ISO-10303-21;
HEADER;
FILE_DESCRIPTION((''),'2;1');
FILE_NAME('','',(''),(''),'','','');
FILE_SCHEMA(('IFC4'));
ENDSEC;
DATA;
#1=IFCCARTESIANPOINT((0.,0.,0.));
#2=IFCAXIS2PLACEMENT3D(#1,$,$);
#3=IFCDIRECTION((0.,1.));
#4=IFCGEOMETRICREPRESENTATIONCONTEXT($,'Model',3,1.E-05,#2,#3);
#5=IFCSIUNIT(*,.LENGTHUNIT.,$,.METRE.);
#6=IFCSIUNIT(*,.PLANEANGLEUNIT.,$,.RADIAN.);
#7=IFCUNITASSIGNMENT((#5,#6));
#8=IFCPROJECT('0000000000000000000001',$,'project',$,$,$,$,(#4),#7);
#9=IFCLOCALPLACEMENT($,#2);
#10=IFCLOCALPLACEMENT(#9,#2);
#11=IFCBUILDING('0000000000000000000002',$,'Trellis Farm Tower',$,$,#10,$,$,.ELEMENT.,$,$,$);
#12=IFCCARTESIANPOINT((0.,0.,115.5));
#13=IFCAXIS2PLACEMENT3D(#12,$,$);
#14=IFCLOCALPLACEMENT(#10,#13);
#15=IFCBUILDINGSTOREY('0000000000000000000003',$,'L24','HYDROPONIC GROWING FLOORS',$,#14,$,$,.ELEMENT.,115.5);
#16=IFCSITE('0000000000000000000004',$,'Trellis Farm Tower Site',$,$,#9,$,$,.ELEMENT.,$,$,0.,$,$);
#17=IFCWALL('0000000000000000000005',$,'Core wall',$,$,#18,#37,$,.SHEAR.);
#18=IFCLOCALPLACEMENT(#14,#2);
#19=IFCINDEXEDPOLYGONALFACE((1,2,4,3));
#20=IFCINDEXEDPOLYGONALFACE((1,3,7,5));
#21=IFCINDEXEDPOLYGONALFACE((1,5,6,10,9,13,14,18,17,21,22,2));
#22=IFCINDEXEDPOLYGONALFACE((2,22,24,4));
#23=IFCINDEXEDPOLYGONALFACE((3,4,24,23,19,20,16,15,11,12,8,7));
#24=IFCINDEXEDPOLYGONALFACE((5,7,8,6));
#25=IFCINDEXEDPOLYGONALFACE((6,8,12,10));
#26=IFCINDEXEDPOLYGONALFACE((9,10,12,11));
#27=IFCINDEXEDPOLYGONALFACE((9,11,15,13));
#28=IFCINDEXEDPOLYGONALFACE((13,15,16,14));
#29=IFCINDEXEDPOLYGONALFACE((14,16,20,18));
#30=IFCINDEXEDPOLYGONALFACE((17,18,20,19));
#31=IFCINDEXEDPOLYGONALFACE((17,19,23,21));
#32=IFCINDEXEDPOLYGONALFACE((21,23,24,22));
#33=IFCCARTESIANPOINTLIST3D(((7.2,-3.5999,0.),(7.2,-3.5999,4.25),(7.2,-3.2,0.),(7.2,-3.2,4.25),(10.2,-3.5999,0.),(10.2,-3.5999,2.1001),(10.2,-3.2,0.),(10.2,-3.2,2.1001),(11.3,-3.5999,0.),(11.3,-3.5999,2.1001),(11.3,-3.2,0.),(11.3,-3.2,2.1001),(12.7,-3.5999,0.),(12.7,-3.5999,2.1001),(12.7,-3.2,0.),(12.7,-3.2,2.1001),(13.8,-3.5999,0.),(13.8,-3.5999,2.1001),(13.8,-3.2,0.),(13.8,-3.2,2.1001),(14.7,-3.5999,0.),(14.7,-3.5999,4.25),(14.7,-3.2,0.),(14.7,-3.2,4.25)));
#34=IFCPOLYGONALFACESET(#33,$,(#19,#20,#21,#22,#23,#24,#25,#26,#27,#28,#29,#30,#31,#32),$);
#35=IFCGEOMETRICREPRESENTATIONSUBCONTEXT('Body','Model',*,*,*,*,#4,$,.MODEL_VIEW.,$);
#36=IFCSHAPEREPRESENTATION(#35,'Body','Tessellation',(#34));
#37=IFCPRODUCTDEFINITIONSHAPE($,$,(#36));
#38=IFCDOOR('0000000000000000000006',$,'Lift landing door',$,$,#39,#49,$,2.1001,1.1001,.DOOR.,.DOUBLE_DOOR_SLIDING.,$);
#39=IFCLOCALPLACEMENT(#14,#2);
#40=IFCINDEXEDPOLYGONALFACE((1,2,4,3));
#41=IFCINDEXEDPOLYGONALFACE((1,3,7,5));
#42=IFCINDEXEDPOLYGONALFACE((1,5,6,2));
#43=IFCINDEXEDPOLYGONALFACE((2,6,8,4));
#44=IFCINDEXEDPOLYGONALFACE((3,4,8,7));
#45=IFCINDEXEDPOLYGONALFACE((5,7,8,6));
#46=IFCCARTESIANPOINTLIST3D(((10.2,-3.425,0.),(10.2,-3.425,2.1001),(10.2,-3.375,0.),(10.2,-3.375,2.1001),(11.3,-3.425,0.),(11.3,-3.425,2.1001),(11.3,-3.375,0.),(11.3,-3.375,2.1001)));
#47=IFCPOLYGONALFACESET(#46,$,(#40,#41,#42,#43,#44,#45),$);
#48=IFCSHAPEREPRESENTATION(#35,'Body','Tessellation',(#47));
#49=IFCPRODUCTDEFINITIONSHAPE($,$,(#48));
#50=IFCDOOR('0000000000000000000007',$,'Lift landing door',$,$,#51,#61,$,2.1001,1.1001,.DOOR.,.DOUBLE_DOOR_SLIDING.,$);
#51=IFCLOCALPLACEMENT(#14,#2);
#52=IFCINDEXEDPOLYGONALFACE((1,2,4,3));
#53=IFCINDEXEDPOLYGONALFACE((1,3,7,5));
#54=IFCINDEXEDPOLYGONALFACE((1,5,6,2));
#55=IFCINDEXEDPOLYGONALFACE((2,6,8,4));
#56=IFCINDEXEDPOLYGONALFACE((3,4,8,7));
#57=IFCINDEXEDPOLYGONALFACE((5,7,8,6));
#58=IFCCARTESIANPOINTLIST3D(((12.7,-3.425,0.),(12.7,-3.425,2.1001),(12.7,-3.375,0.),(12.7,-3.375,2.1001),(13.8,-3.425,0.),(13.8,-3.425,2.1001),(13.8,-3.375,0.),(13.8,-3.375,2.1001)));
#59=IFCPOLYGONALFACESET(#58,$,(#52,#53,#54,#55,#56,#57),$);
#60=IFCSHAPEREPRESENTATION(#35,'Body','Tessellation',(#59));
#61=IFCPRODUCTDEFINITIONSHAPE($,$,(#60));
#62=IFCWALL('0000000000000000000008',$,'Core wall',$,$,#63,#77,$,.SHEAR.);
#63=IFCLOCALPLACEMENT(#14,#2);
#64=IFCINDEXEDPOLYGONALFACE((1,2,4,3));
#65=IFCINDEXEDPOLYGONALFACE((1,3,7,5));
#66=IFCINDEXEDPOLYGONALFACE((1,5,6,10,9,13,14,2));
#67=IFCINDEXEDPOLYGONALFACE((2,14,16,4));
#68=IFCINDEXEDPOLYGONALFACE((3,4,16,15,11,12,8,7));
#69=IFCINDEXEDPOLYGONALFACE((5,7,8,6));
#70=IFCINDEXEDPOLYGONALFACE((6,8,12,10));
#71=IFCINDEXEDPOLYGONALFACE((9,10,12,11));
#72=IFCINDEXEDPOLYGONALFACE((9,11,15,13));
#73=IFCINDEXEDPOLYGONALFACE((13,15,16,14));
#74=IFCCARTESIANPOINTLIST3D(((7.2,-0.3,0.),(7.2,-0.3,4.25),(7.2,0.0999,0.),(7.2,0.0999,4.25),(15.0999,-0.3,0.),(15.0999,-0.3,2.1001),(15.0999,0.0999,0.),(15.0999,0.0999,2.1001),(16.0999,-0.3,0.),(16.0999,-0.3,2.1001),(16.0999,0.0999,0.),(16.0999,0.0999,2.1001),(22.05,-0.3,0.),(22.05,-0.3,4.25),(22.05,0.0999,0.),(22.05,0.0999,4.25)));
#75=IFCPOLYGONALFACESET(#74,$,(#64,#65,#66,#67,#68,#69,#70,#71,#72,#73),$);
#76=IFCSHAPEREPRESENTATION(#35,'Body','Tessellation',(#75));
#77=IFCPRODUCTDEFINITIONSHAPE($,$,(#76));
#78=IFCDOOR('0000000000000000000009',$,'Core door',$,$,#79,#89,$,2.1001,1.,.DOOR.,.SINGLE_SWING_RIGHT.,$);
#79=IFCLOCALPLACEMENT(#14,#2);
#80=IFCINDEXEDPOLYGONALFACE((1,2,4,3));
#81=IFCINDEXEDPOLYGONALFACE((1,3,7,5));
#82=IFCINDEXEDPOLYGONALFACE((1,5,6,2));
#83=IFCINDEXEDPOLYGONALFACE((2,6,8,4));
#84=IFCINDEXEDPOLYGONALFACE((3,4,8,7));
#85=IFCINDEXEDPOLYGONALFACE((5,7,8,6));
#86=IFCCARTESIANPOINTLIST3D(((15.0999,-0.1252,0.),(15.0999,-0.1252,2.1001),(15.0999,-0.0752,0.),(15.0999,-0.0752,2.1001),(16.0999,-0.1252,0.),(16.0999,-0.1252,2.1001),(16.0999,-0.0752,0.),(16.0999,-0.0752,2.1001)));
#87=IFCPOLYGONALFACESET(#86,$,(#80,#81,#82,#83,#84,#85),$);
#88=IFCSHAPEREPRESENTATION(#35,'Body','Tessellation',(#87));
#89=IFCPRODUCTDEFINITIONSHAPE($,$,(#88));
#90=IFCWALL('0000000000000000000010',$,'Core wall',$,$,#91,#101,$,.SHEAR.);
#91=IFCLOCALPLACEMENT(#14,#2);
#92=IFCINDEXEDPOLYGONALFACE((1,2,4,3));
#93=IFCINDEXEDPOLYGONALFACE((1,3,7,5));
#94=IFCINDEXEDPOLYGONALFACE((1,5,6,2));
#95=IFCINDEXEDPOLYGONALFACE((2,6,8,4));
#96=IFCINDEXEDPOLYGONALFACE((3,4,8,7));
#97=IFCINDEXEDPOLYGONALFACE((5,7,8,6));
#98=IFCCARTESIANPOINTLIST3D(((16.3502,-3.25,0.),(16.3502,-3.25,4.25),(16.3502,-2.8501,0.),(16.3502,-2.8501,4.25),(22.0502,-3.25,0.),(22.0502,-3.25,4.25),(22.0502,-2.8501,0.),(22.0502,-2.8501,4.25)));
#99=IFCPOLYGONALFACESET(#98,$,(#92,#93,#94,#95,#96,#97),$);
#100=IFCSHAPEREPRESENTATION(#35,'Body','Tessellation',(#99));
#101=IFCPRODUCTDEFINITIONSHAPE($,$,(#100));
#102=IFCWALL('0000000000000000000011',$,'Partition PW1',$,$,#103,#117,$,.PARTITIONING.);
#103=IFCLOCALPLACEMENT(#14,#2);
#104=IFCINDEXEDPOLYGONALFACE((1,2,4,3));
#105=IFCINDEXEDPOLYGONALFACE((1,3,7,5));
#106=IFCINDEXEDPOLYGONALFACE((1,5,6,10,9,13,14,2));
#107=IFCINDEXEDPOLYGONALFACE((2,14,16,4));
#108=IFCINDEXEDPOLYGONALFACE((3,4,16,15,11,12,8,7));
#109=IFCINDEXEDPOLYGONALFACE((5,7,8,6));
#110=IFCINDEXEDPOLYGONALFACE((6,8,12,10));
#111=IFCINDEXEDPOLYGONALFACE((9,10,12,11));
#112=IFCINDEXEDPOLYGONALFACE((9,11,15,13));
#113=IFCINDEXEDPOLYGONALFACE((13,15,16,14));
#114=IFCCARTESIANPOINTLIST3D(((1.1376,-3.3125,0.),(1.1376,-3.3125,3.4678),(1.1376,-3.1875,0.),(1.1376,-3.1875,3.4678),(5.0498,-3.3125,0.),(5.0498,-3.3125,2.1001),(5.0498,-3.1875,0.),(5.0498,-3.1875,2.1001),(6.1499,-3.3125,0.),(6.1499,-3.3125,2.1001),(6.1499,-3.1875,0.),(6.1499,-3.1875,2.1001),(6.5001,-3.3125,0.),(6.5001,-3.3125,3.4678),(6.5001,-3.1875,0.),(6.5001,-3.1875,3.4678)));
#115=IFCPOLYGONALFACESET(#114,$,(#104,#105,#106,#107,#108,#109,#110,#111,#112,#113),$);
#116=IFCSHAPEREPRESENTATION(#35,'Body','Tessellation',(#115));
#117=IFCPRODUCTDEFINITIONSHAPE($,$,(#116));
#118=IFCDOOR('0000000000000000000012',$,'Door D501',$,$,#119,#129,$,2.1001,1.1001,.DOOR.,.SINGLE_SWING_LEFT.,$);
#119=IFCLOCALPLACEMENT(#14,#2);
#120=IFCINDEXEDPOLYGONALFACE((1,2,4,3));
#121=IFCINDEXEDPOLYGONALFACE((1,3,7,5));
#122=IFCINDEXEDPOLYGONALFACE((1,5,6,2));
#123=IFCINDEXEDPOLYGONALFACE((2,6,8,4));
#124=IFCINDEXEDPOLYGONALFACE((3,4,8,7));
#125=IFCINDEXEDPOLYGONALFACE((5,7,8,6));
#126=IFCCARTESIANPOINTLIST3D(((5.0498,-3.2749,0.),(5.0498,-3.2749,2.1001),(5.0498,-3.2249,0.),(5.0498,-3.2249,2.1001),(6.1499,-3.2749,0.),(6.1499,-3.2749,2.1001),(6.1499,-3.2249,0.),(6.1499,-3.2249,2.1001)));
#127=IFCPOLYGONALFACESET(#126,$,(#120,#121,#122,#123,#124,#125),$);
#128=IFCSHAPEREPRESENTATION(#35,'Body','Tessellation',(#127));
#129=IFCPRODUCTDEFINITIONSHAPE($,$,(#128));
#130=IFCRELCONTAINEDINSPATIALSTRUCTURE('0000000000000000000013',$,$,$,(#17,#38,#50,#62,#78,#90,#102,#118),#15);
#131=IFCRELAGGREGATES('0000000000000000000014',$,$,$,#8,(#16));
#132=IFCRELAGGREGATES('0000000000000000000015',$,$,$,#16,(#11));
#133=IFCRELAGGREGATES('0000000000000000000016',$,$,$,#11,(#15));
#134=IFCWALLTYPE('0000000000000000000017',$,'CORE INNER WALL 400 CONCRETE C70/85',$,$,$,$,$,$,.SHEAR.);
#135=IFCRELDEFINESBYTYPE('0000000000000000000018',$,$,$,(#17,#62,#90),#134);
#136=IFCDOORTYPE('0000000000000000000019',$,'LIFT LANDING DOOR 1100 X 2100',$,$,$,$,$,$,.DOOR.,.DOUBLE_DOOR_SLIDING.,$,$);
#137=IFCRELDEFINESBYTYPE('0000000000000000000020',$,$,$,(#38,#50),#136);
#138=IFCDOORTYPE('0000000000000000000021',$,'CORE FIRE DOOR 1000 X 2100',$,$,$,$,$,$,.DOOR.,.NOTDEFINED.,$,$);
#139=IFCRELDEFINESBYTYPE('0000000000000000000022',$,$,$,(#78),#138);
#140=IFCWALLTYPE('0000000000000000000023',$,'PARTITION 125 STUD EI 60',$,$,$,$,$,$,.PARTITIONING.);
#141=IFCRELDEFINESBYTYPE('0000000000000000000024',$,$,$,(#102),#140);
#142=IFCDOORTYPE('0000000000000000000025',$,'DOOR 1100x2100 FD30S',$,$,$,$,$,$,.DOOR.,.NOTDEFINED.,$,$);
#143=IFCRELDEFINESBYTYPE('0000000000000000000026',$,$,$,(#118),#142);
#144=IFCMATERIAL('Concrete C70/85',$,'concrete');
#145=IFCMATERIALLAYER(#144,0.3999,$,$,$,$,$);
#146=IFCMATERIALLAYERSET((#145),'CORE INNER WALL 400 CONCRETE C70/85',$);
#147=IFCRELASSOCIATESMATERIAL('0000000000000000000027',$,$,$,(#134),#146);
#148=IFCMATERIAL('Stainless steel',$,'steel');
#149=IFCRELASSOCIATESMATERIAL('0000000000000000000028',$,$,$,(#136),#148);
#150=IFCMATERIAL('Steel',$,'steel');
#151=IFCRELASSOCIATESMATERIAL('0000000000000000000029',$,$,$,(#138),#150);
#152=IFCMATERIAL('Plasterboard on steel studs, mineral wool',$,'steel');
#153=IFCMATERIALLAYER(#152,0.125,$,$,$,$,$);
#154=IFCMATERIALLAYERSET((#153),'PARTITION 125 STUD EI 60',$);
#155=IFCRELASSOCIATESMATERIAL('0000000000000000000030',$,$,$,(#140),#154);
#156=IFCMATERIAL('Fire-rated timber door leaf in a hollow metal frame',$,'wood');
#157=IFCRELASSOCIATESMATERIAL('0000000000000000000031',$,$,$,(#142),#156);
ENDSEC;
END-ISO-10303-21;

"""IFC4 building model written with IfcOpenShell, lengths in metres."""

from ifc_helpers import new_model, si_unit, direction, frame, frame_2d, origin, place, context, subcontext, project, spatial, rectangle, extrude, source, transform, mapped, material, layer, layer_set, type_object, element, fill, save


model = new_model("IFC4")

# Units and contexts
model_context = context("Model", 3, precision=1e-05, world=origin(), true_north=direction((0.0, 1.0)))
body_context = subcontext(model_context, "Body", "Model", "MODEL_VIEW")
ifc_project = project(units=[si_unit("LENGTHUNIT", "METRE"), si_unit("PLANEANGLEUNIT", "RADIAN")], contexts=[model_context])

# Site, building, storey
site_placement = place(None, origin())
site = spatial("IfcSite", under=ifc_project, at=site_placement, Name="Trellis Farm Tower Site", CompositionType="ELEMENT", RefElevation=0.0)
building_placement = place(site_placement, origin())
building = spatial("IfcBuilding", under=site, at=building_placement, Name="Trellis Farm Tower", CompositionType="ELEMENT")
storey_placement = place(building_placement, frame((0.0, 0.0, 115.5)))
storey = spatial("IfcBuildingStorey", under=building, at=storey_placement, Name="L24", Description="HYDROPONIC GROWING FLOORS", CompositionType="ELEMENT", Elevation=115.5)

# Wall, openings, doors
ifc_material_1 = material(Name="Concrete C70/85", Category="concrete")
ifc_layer_1 = layer(ifc_material_1, 0.3999)
ifc_layer_set_1 = layer_set([ifc_layer_1], Name="CORE INNER WALL 400 CONCRETE C70/85")
wall_type_1 = type_object("IfcWallType", Name="CORE INNER WALL 400 CONCRETE C70/85", PredefinedType="SHEAR", material=ifc_layer_set_1)
shared_shape_1 = source(origin(), body_context, "Body", "SweptSolid", [
    extrude(rectangle(XDim=7.5, YDim=0.3999, at=frame_2d((3.75, 0.0))), origin(), (0.0, 0.0, 1.0), 4.25),
])
wall_1_placement = place(storey_placement, frame((7.2, -3.3999, 0.0), z_axis=(0.0, 0.0, 1.0), x_axis=(1.0, 0.0, 0.0)))
wall_1 = element("IfcWall", 1, at=wall_1_placement, inside=storey, type_object=wall_type_1, Name="Core wall", PredefinedType="SHEAR", context=body_context, shape_type="MappedRepresentation", body=[
    mapped(shared_shape_1, transform((0.0, 0.0, 0.0))),
])
shared_shape_2 = source(origin(), body_context, "Body", "SweptSolid", [
    extrude(rectangle(XDim=1.1001, YDim=2.1001, at=frame_2d((0.55, 1.05))), frame((0.0, 0.21, 0.0), z_axis=(0.0, -1.0, 0.0), x_axis=(1.0, 0.0, 0.0)), (0.0, 0.0, 1.0), 0.4199),
])
opening_1_placement = place(wall_1_placement, frame((3.0, 0.0, 0.0)))
opening_1 = element("IfcOpeningElement", 2, at=opening_1_placement, cuts=wall_1, PredefinedType="OPENING", context=body_context, shape_type="MappedRepresentation", body=[
    mapped(shared_shape_2, transform((0.0, 0.0, 0.0))),
])
opening_2_placement = place(wall_1_placement, frame((5.5, 0.0, 0.0)))
opening_2 = element("IfcOpeningElement", 3, at=opening_2_placement, cuts=wall_1, PredefinedType="OPENING", context=body_context, shape_type="MappedRepresentation", body=[
    mapped(shared_shape_2, transform((0.0, 0.0, 0.0))),
])
ifc_material_2 = material(Name="Stainless steel", Category="steel")
door_type_1 = type_object("IfcDoorType", Name="LIFT LANDING DOOR 1100 X 2100", OperationType="DOUBLE_DOOR_SLIDING", PredefinedType="DOOR", material=ifc_material_2)
shared_shape_3 = source(origin(), body_context, "Body", "SweptSolid", [
    extrude(rectangle(XDim=1.1001, YDim=2.1001, at=frame_2d((0.55, 1.05))), frame((0.0, 0.0249, 0.0), z_axis=(0.0, -1.0, 0.0), x_axis=(1.0, 0.0, 0.0)), (0.0, 0.0, 1.0), 0.05),
])
door_1_placement = place(opening_1_placement, origin())
door_1 = element("IfcDoor", 4, at=door_1_placement, inside=storey, type_object=door_type_1, Name="Lift landing door", OperationType="DOUBLE_DOOR_SLIDING", OverallHeight=2.1001, OverallWidth=1.1001, PredefinedType="DOOR", context=body_context, shape_type="MappedRepresentation", body=[
    mapped(shared_shape_3, transform((0.0, 0.0, 0.0))),
])
fill(opening_1, door_1)
door_2_placement = place(opening_2_placement, origin())
door_2 = element("IfcDoor", 5, at=door_2_placement, inside=storey, type_object=door_type_1, Name="Lift landing door", OperationType="DOUBLE_DOOR_SLIDING", OverallHeight=2.1001, OverallWidth=1.1001, PredefinedType="DOOR", context=body_context, shape_type="MappedRepresentation", body=[
    mapped(shared_shape_3, transform((0.0, 0.0, 0.0))),
])
fill(opening_2, door_2)

# Wall, opening, door
shared_shape_4 = source(origin(), body_context, "Body", "SweptSolid", [
    extrude(rectangle(XDim=14.8501, YDim=0.3999, at=frame_2d((7.425, 0.0))), origin(), (0.0, 0.0, 1.0), 4.25),
])
wall_2_placement = place(storey_placement, frame((7.2, -0.1001, 0.0), z_axis=(0.0, 0.0, 1.0), x_axis=(1.0, 0.0, 0.0)))
wall_2 = element("IfcWall", 6, at=wall_2_placement, inside=storey, type_object=wall_type_1, Name="Core wall", PredefinedType="SHEAR", context=body_context, shape_type="MappedRepresentation", body=[
    mapped(shared_shape_4, transform((0.0, 0.0, 0.0))),
])
shared_shape_5 = source(origin(), body_context, "Body", "SweptSolid", [
    extrude(rectangle(XDim=1.0, YDim=2.1001, at=frame_2d((0.5, 1.05))), frame((0.0, 0.21, 0.0), z_axis=(0.0, -1.0, 0.0), x_axis=(1.0, 0.0, 0.0)), (0.0, 0.0, 1.0), 0.4199),
])
opening_3_placement = place(wall_2_placement, frame((7.8999, 0.0, 0.0)))
opening_3 = element("IfcOpeningElement", 7, at=opening_3_placement, cuts=wall_2, PredefinedType="OPENING", context=body_context, shape_type="MappedRepresentation", body=[
    mapped(shared_shape_5, transform((0.0, 0.0, 0.0))),
])
ifc_material_3 = material(Name="Steel", Category="steel")
door_type_2 = type_object("IfcDoorType", Name="CORE FIRE DOOR 1000 X 2100", OperationType="NOTDEFINED", PredefinedType="DOOR", material=ifc_material_3)
shared_shape_6 = source(origin(), body_context, "Body", "SweptSolid", [
    extrude(rectangle(XDim=1.0, YDim=2.1001, at=frame_2d((0.5, 1.05))), frame((0.0, 0.0249, 0.0), z_axis=(0.0, -1.0, 0.0), x_axis=(1.0, 0.0, 0.0)), (0.0, 0.0, 1.0), 0.05),
])
door_3_placement = place(opening_3_placement, origin())
door_3 = element("IfcDoor", 8, at=door_3_placement, inside=storey, type_object=door_type_2, Name="Core door", OperationType="SINGLE_SWING_RIGHT", OverallHeight=2.1001, OverallWidth=1.0, PredefinedType="DOOR", context=body_context, shape_type="MappedRepresentation", body=[
    mapped(shared_shape_6, transform((0.0, 0.0, 0.0))),
])
fill(opening_3, door_3)

# Wall
shared_shape_7 = source(origin(), body_context, "Body", "SweptSolid", [
    extrude(rectangle(XDim=5.7, YDim=0.3999, at=frame_2d((2.8501, 0.0))), origin(), (0.0, 0.0, 1.0), 4.25),
])
wall_3_placement = place(storey_placement, frame((16.3501, -3.05, 0.0), z_axis=(0.0, 0.0, 1.0), x_axis=(1.0, 0.0, 0.0)))
element("IfcWall", 9, at=wall_3_placement, inside=storey, type_object=wall_type_1, Name="Core wall", PredefinedType="SHEAR", context=body_context, shape_type="MappedRepresentation", body=[
    mapped(shared_shape_7, transform((0.0, 0.0, 0.0))),
])

# Wall, opening, door
ifc_material_4 = material(Name="Plasterboard on steel studs, mineral wool", Category="steel")
ifc_layer_2 = layer(ifc_material_4, 0.125)
ifc_layer_set_2 = layer_set([ifc_layer_2], Name="PARTITION 125 STUD EI 60")
wall_type_2 = type_object("IfcWallType", Name="PARTITION 125 STUD EI 60", PredefinedType="PARTITIONING", material=ifc_layer_set_2)
shared_shape_8 = source(origin(), body_context, "Body", "SweptSolid", [
    extrude(rectangle(XDim=5.3625, YDim=0.125, at=frame_2d((2.6812, 0.0))), origin(), (0.0, 0.0, 1.0), 3.4678),
])
wall_4_placement = place(storey_placement, frame((6.5, -3.25, 0.0), z_axis=(0.0, 0.0, 1.0), x_axis=(-1.0, 0.0, 0.0)))
wall_4 = element("IfcWall", 10, at=wall_4_placement, inside=storey, type_object=wall_type_2, Name="Partition PW1", PredefinedType="PARTITIONING", context=body_context, shape_type="MappedRepresentation", body=[
    mapped(shared_shape_8, transform((0.0, 0.0, 0.0))),
])
shared_shape_9 = source(origin(), body_context, "Body", "SweptSolid", [
    extrude(rectangle(XDim=1.1001, YDim=2.1001, at=frame_2d((0.55, 1.05))), frame((0.0, 0.0725, 0.0), z_axis=(0.0, -1.0, 0.0), x_axis=(1.0, 0.0, 0.0)), (0.0, 0.0, 1.0), 0.145),
])
opening_4_placement = place(wall_4_placement, frame((0.3501, 0.0, 0.0)))
opening_4 = element("IfcOpeningElement", 11, at=opening_4_placement, cuts=wall_4, PredefinedType="OPENING", context=body_context, shape_type="MappedRepresentation", body=[
    mapped(shared_shape_9, transform((0.0, 0.0, 0.0))),
])
ifc_material_5 = material(Name="Fire-rated timber door leaf in a hollow metal frame", Category="wood")
door_type_3 = type_object("IfcDoorType", Name="DOOR 1100x2100 FD30S", OperationType="NOTDEFINED", PredefinedType="DOOR", material=ifc_material_5)
door_4_placement = place(opening_4_placement, origin())
door_4 = element("IfcDoor", 12, at=door_4_placement, inside=storey, type_object=door_type_3, Name="Door D501", OperationType="SINGLE_SWING_LEFT", OverallHeight=2.1001, OverallWidth=1.1001, PredefinedType="DOOR", context=body_context, shape_type="MappedRepresentation", body=[
    mapped(shared_shape_3, transform((0.0, 0.0, 0.0))),
])
fill(opening_4, door_4)

save(model, "model.ifc")
